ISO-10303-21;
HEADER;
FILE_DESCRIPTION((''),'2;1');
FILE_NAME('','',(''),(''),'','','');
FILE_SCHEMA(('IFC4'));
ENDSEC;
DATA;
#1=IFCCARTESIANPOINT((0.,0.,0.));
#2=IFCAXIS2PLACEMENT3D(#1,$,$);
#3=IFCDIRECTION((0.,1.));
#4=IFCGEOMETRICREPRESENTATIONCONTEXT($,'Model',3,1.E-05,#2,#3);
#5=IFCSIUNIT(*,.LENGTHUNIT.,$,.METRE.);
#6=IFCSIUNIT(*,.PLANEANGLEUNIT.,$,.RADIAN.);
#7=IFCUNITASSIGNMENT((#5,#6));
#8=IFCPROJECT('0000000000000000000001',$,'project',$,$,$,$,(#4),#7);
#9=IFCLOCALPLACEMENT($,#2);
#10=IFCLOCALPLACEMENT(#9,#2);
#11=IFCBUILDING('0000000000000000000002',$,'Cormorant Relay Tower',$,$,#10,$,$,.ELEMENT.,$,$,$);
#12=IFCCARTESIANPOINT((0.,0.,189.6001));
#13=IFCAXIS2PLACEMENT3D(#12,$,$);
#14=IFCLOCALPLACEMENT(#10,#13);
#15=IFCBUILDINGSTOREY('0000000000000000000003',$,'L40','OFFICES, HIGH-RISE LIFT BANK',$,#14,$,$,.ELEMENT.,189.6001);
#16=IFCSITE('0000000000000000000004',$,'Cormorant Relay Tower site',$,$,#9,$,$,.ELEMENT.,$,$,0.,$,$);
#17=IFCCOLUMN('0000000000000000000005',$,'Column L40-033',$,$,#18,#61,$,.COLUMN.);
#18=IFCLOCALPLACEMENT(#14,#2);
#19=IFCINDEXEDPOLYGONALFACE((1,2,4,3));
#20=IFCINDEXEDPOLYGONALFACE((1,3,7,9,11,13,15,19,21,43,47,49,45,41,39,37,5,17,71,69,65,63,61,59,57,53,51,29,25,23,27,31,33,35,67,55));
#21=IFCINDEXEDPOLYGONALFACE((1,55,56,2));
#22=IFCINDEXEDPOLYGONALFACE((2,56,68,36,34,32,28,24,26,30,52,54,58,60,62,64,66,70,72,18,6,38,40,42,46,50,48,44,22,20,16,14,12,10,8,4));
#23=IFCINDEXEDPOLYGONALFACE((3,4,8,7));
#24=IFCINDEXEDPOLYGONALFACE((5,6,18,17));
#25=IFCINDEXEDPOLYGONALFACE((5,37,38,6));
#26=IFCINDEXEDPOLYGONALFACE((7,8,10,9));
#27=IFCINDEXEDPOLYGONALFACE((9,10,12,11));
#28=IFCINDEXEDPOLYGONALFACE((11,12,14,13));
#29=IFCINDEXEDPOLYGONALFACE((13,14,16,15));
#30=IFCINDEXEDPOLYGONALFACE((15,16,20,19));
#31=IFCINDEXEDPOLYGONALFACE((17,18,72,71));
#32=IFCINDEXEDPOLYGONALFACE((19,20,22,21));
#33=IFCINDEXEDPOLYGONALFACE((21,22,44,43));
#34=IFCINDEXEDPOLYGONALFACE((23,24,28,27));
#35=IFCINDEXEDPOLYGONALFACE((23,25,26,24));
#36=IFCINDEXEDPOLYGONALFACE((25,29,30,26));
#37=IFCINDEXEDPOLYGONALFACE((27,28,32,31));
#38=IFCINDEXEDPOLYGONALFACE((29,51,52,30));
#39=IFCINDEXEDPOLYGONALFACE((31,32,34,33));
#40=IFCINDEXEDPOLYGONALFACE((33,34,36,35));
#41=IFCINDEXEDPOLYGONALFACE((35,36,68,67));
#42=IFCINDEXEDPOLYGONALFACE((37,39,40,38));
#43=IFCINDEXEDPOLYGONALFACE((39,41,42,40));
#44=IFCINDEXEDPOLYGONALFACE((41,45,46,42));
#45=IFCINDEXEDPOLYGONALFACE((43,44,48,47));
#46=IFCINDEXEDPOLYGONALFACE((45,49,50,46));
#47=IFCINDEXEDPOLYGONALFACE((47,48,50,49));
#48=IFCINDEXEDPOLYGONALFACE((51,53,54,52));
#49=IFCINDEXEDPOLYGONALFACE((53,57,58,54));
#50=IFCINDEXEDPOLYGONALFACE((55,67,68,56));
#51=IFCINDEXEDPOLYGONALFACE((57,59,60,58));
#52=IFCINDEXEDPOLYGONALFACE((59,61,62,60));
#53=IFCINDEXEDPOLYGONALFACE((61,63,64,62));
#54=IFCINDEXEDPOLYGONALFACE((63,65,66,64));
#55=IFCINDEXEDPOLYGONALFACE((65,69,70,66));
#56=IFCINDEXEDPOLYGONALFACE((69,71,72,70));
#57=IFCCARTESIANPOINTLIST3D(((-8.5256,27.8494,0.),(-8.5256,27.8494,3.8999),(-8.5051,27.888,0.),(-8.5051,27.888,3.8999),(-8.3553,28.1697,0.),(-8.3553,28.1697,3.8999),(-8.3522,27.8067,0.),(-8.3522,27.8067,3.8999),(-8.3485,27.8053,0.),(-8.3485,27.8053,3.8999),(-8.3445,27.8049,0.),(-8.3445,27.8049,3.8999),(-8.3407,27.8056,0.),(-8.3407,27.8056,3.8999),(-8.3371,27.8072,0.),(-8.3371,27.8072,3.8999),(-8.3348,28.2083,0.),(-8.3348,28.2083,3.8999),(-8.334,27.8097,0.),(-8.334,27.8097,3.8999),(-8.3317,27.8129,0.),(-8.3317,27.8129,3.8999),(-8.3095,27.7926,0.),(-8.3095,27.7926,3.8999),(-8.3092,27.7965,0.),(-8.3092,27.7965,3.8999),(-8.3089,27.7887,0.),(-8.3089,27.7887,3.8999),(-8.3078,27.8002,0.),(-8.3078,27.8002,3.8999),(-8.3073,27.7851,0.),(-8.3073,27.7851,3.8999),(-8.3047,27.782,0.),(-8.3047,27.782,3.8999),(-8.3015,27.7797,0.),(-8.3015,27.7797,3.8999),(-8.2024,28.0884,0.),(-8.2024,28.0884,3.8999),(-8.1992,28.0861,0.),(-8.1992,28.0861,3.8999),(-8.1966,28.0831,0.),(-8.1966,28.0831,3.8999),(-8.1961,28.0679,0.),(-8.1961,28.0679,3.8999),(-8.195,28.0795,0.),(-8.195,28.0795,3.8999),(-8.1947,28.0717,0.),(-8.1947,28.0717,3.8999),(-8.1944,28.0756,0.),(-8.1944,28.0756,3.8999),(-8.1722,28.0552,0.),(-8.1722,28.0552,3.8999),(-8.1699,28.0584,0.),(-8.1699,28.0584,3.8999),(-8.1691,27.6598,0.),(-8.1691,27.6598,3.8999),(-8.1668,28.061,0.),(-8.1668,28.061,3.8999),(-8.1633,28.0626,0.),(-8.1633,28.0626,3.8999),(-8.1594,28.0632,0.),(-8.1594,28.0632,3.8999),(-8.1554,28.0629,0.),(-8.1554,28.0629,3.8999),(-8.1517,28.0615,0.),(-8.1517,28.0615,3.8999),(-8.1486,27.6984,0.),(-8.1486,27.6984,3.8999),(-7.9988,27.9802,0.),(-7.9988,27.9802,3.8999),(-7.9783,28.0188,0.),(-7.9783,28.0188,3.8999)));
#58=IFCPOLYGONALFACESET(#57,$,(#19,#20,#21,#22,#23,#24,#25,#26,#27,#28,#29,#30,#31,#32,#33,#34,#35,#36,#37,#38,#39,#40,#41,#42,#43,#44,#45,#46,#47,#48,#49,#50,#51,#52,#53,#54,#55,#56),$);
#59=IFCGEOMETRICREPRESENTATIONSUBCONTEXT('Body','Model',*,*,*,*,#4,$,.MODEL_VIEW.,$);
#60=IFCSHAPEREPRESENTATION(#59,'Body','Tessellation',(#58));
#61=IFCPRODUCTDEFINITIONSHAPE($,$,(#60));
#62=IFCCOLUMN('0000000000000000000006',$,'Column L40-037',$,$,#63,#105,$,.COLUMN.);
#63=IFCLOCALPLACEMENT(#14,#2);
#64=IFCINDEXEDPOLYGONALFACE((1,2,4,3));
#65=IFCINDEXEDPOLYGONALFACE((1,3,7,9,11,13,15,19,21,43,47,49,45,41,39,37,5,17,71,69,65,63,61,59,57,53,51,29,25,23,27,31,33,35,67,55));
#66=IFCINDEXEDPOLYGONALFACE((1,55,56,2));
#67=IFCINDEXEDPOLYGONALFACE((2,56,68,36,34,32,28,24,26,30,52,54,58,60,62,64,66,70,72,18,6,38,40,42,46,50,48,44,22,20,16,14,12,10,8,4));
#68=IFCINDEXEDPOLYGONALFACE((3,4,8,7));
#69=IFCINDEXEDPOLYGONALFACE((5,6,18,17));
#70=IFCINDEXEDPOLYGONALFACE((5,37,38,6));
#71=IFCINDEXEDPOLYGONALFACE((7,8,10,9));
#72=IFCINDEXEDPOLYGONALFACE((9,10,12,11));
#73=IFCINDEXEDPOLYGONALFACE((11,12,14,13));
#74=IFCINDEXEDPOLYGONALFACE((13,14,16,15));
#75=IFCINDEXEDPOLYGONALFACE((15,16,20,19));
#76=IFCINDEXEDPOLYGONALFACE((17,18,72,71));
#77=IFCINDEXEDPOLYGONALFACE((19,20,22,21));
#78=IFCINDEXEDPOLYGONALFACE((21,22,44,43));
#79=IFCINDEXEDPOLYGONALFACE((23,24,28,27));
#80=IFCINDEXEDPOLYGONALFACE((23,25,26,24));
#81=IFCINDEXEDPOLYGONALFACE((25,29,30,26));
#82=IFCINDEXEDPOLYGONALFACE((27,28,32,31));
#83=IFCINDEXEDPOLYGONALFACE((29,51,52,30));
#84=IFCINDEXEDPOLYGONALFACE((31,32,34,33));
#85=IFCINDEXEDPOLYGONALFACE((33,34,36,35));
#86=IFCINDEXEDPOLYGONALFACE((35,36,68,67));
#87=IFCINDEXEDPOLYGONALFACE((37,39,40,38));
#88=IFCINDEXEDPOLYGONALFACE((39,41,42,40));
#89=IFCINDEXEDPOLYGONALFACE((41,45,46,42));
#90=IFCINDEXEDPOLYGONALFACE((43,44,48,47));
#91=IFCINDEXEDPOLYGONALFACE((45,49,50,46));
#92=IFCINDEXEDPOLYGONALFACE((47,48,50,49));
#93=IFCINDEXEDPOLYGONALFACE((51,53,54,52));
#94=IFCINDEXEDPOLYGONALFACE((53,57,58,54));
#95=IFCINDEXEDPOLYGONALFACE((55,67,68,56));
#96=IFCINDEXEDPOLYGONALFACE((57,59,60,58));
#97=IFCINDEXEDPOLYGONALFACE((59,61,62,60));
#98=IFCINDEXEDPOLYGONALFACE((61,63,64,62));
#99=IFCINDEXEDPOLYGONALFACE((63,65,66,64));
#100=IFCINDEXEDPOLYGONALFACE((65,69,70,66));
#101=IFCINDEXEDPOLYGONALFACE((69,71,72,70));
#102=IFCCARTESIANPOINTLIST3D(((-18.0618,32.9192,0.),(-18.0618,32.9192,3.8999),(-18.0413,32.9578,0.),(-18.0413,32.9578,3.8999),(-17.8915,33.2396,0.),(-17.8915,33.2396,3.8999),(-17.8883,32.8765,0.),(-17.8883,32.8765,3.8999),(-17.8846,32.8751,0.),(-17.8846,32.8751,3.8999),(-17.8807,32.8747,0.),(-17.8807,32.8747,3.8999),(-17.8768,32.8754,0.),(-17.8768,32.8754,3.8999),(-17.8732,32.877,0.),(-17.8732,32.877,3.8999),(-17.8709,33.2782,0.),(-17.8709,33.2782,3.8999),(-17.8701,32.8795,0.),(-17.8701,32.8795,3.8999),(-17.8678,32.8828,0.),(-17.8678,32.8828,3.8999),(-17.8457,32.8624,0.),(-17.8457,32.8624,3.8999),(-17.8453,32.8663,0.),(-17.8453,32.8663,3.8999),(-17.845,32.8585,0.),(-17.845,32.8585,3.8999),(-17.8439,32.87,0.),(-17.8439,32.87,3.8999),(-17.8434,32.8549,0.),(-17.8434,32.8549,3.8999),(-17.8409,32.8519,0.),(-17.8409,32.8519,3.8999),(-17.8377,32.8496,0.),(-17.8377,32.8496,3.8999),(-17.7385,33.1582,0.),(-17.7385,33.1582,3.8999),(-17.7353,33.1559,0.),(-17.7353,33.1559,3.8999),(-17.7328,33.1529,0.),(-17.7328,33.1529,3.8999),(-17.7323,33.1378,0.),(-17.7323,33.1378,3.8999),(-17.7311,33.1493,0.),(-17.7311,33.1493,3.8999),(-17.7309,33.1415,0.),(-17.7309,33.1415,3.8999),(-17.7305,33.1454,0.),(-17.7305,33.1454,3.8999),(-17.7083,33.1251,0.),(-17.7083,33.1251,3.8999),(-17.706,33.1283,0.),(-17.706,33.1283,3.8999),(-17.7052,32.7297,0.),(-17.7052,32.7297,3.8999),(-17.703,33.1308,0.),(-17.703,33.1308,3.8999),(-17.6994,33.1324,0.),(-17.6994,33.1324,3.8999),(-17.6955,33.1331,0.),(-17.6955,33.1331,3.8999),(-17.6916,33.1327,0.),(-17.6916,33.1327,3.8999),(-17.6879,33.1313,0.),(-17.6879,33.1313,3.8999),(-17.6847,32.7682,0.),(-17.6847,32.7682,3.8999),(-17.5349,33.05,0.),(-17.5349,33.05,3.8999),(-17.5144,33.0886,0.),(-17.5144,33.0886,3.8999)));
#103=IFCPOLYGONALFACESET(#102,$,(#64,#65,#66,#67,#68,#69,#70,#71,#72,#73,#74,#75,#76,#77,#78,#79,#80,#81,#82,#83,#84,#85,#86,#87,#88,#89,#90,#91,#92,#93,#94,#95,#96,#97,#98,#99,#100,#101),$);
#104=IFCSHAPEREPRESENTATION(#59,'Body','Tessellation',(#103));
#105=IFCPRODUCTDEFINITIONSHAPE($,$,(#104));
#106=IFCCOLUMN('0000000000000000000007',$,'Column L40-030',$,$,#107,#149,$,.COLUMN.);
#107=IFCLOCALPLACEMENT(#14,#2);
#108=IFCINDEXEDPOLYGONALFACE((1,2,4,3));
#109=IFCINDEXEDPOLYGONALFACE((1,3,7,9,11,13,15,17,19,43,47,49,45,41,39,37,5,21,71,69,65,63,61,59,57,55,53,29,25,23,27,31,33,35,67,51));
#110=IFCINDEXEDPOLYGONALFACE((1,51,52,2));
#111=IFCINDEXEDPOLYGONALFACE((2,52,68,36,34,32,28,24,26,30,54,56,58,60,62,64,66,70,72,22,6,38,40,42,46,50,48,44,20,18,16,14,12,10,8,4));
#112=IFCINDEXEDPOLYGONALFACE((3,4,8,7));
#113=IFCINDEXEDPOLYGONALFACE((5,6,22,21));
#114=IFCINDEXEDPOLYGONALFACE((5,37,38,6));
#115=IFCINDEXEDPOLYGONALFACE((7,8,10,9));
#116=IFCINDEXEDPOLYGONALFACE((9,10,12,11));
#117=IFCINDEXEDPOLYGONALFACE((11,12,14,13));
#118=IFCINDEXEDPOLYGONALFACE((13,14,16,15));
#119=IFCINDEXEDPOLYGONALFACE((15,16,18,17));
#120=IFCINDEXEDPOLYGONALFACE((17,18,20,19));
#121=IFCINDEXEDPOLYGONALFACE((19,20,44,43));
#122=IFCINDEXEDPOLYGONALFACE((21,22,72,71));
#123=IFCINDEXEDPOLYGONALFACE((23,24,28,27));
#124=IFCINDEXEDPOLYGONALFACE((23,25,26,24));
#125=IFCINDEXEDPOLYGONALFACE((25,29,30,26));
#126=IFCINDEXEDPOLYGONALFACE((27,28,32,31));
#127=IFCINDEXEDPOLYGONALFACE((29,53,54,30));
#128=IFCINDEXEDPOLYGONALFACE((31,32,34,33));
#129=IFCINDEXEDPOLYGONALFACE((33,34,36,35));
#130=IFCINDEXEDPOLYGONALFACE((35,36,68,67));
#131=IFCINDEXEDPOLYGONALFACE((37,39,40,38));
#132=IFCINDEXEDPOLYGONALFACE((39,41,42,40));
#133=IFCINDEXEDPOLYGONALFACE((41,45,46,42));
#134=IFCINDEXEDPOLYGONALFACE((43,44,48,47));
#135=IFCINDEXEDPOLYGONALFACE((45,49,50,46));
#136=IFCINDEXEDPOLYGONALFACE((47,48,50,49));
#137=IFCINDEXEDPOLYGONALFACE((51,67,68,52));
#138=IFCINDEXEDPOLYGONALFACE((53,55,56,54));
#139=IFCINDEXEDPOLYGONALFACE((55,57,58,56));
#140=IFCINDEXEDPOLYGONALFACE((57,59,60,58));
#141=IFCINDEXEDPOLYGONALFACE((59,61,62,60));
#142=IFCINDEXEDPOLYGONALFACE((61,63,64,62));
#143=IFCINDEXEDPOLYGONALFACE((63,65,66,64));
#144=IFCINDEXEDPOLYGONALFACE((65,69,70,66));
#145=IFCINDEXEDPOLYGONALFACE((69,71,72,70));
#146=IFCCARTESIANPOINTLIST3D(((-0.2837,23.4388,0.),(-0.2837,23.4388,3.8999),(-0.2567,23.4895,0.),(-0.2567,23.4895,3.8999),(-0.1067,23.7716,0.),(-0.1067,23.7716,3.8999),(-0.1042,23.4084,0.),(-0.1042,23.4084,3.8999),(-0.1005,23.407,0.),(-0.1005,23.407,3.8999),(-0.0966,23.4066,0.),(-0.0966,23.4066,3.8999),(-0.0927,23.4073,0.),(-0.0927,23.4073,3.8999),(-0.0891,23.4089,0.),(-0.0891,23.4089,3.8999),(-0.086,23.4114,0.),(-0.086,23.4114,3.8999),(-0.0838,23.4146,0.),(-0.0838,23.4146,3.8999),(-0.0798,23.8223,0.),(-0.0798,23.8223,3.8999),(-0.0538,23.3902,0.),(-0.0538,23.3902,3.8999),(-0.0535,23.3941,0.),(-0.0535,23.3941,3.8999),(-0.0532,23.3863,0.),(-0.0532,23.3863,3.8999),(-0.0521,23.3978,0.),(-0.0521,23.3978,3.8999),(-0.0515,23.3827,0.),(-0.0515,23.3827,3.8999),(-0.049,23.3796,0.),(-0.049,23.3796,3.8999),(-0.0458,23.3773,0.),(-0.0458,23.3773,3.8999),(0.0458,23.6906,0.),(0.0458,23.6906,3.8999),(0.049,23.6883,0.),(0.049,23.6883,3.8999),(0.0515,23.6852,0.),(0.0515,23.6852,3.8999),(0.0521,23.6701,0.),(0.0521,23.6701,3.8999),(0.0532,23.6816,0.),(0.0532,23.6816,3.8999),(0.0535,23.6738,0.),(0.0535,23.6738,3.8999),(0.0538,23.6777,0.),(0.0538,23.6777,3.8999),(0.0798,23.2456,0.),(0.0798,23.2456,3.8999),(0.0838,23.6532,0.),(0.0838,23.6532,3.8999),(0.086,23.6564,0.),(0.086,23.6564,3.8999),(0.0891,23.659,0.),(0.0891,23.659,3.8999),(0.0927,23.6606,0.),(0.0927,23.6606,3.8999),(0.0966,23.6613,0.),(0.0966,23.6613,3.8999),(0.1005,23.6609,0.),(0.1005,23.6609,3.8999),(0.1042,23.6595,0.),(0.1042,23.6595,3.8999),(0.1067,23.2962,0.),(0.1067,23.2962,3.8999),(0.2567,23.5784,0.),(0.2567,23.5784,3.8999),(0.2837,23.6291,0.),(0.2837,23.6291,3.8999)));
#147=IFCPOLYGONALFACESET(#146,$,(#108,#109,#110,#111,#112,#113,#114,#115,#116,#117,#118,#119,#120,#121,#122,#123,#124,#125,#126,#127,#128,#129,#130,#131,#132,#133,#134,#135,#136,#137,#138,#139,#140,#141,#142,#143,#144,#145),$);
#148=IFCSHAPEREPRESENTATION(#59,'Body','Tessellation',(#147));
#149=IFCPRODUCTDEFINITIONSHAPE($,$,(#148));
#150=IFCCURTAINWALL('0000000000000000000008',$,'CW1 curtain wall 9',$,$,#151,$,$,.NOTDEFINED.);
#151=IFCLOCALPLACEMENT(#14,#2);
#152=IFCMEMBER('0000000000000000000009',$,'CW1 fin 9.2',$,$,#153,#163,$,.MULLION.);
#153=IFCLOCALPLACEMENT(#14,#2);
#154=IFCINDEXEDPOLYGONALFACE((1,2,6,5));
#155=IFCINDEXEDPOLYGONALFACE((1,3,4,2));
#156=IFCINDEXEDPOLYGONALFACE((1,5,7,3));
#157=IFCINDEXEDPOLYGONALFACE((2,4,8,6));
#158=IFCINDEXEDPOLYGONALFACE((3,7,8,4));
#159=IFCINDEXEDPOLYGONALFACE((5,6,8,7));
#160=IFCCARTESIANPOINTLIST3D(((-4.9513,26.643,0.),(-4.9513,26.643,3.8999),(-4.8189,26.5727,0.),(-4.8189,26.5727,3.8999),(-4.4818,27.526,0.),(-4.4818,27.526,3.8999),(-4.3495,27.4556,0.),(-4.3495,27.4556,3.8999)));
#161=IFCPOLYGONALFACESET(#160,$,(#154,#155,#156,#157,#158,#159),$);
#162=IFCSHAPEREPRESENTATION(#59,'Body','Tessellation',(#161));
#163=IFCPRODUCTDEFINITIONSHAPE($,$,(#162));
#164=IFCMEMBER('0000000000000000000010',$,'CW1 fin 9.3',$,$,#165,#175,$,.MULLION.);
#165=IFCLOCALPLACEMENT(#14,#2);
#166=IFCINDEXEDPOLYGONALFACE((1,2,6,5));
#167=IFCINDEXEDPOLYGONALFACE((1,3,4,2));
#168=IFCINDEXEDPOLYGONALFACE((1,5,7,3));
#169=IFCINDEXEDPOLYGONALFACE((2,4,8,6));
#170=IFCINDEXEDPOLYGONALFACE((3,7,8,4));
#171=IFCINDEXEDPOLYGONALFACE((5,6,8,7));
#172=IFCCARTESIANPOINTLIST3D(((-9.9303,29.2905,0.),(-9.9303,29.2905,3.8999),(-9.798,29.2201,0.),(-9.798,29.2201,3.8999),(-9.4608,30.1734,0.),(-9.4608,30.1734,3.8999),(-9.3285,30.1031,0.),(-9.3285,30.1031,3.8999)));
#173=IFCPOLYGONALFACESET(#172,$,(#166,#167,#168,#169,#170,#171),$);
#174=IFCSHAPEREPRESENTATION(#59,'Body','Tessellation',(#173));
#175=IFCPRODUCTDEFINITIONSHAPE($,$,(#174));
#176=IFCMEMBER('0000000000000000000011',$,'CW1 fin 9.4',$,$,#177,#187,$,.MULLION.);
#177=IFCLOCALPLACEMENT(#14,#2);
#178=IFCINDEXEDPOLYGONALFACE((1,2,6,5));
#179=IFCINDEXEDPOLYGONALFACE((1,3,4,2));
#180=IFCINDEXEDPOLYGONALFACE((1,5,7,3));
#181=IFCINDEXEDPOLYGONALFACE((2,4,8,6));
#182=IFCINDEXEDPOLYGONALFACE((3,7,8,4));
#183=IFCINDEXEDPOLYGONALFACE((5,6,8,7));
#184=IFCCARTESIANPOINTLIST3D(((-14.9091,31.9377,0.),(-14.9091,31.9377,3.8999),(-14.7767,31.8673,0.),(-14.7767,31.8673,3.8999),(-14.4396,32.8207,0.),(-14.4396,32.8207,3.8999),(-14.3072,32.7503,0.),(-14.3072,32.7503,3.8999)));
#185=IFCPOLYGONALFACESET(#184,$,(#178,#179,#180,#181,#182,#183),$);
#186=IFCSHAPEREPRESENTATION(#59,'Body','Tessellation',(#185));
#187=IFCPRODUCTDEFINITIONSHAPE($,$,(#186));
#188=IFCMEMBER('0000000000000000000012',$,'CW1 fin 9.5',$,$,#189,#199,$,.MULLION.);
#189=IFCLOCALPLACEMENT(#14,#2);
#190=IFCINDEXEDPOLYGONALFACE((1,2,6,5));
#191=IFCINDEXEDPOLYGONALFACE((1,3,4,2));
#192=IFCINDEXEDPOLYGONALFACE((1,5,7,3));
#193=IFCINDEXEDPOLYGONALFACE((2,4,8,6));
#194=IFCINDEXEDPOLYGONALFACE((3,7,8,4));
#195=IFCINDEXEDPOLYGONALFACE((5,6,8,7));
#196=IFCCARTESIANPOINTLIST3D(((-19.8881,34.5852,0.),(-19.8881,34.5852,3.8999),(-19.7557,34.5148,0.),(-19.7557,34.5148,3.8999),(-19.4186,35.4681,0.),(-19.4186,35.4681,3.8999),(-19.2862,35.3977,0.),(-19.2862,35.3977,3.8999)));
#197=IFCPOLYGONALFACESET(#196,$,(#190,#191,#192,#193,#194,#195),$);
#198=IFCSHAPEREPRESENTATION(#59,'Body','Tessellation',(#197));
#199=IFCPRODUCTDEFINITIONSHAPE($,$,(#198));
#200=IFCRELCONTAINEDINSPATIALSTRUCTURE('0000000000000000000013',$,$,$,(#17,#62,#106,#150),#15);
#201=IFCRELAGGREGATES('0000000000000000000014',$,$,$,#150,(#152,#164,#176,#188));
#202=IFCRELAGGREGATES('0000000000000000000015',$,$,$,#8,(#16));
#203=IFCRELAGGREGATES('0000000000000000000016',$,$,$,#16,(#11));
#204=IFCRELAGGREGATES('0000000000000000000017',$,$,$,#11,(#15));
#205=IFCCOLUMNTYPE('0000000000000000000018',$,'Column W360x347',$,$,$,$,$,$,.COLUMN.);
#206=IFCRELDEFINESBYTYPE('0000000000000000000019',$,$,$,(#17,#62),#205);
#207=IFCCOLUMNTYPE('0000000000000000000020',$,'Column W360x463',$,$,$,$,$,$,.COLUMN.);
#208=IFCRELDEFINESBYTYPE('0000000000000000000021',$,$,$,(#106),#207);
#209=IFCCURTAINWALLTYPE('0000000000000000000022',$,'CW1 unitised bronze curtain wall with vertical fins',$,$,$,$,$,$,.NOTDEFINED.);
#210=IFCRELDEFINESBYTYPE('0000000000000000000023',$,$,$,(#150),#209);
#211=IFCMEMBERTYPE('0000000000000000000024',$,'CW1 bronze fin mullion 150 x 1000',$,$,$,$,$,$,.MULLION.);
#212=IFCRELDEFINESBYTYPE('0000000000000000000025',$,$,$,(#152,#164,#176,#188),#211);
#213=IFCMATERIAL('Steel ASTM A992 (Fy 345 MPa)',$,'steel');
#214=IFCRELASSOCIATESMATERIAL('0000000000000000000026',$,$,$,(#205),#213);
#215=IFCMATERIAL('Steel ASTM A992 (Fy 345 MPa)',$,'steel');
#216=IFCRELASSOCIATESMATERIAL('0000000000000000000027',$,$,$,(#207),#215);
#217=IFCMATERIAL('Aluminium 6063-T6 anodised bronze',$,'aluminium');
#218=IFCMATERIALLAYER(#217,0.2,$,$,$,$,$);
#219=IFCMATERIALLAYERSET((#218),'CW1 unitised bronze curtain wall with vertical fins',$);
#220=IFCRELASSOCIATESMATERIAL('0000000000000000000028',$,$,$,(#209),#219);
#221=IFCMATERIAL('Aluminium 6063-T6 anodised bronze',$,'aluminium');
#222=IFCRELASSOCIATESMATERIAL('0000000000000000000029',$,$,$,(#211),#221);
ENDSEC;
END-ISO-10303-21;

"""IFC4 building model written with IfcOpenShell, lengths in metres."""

from ifc_helpers import new_model, si_unit, direction, frame, origin, origin_2d, place, context, subcontext, project, spatial, rectangle, i_section, extrude, material, layer, layer_set, material_profile, profile_set, type_object, element, aggregate, save


model = new_model("IFC4")

# Units and contexts
model_context = context("Model", 3, precision=1e-05, world=origin(), true_north=direction((0.0, 1.0)))
body_context = subcontext(model_context, "Body", "Model", "MODEL_VIEW")
ifc_project = project(units=[si_unit("LENGTHUNIT", "METRE"), si_unit("PLANEANGLEUNIT", "RADIAN")], contexts=[model_context])

# Site, building, storey
site_placement = place(None, origin())
site = spatial("IfcSite", under=ifc_project, at=site_placement, Name="Cormorant Relay Tower site", CompositionType="ELEMENT", RefElevation=0.0)
building_placement = place(site_placement, origin())
building = spatial("IfcBuilding", under=site, at=building_placement, Name="Cormorant Relay Tower", CompositionType="ELEMENT")
storey_placement = place(building_placement, frame((0.0, 0.0, 189.6001)))
storey = spatial("IfcBuildingStorey", under=building, at=storey_placement, Name="L40", Description="OFFICES, HIGH-RISE LIFT BANK", CompositionType="ELEMENT", Elevation=189.6001)

# Columns
ifc_material_1 = material(Name="Steel ASTM A992 (Fy 345 MPa)", Category="steel")
ifc_material_profile_1 = material_profile(ifc_material_1, i_section(OverallWidth=0.4038, OverallDepth=0.4065, WebThickness=0.0271, FlangeThickness=0.0437, FilletRadius=0.0151, at=origin_2d()), Name="W360x347")
ifc_profile_set_1 = profile_set([ifc_material_profile_1], Name="Steel ASTM A992 (Fy 345 MPa)")
column_type_1 = type_object("IfcColumnType", Name="Column W360x347", PredefinedType="COLUMN", material=ifc_profile_set_1)
for number, where, z_axis, x_axis, name in (
    (1, (-8.252, 27.9341, 0.0), (0.0, 0.0, 1.0), (-0.882948, 0.469472, 0.0), "Column L40-033"),
    (2, (-17.7881, 33.0039, 0.0), (0.0, 0.0, 1.0), (-0.882948, 0.469472, 0.0), "Column L40-037"),
):
    element("IfcColumn", number, at=place(storey_placement, frame(where, z_axis=z_axis, x_axis=x_axis)), inside=storey, type_object=column_type_1, Name=name, PredefinedType="COLUMN", context=body_context, shape_type="SweptSolid", body=[
        extrude(i_section(OverallWidth=0.4038, OverallDepth=0.4065, WebThickness=0.0271, FlangeThickness=0.0437, FilletRadius=0.0151, at=origin_2d()), origin(), (0.0, 0.0, 1.0), 3.8999),
    ])
ifc_material_2 = material(Name="Steel ASTM A992 (Fy 345 MPa)", Category="steel")
ifc_material_profile_2 = material_profile(ifc_material_2, i_section(OverallWidth=0.4116, OverallDepth=0.4343, WebThickness=0.0359, FlangeThickness=0.0574, FilletRadius=0.0151, at=origin_2d()), Name="W360x463")
ifc_profile_set_2 = profile_set([ifc_material_profile_2], Name="Steel ASTM A992 (Fy 345 MPa)")
column_type_2 = type_object("IfcColumnType", Name="Column W360x463", PredefinedType="COLUMN", material=ifc_profile_set_2)
column_placement = place(storey_placement, frame((0.0, 23.5339, 0.0), z_axis=(0.0, 0.0, 1.0), x_axis=(-0.882948, 0.469472, 0.0)))
element("IfcColumn", 3, at=column_placement, inside=storey, type_object=column_type_2, Name="Column L40-030", PredefinedType="COLUMN", context=body_context, shape_type="SweptSolid", body=[
    extrude(i_section(OverallWidth=0.4116, OverallDepth=0.4343, WebThickness=0.0359, FlangeThickness=0.0574, FilletRadius=0.0151, at=origin_2d()), origin(), (0.0, 0.0, 1.0), 3.8999),
])

# Curtain wall, members
ifc_material_3 = material(Name="Aluminium 6063-T6 anodised bronze", Category="aluminium")
ifc_layer_1 = layer(ifc_material_3, 0.2)
ifc_layer_set_1 = layer_set([ifc_layer_1], Name="CW1 unitised bronze curtain wall with vertical fins")
curtain_wall_type = type_object("IfcCurtainWallType", Name="CW1 unitised bronze curtain wall with vertical fins", PredefinedType="NOTDEFINED", material=ifc_layer_set_1)
curtain_wall_placement = place(storey_placement, origin())
curtain_wall = element("IfcCurtainWall", 4, at=curtain_wall_placement, inside=storey, type_object=curtain_wall_type, Name="CW1 curtain wall 9", PredefinedType="NOTDEFINED")
ifc_material_4 = material(Name="Aluminium 6063-T6 anodised bronze", Category="aluminium")
ifc_material_profile_3 = material_profile(ifc_material_4, rectangle(XDim=0.1499, YDim=1.0, at=origin_2d()), Name="AL 150x1000")
ifc_profile_set_3 = profile_set([ifc_material_profile_3], Name="Aluminium 6063-T6 anodised bronze")
member_type = type_object("IfcMemberType", Name="CW1 bronze fin mullion 150 x 1000", PredefinedType="MULLION", material=ifc_profile_set_3)
member_1_placement = place(storey_placement, frame((-4.6504, 27.0493, 0.0), z_axis=(0.0, 0.0, 1.0), x_axis=(-0.882948, 0.469472, 0.0)))
member_1 = element("IfcMember", 5, at=member_1_placement, type_object=member_type, Name="CW1 fin 9.2", PredefinedType="MULLION", context=body_context, shape_type="SweptSolid", body=[
    extrude(rectangle(XDim=0.1499, YDim=1.0, at=origin_2d()), origin(), (0.0, 0.0, 1.0), 3.8999),
])
member_2_placement = place(storey_placement, frame((-9.6294, 29.6968, 0.0), z_axis=(0.0, 0.0, 1.0), x_axis=(-0.882948, 0.469472, 0.0)))
member_2 = element("IfcMember", 6, at=member_2_placement, type_object=member_type, Name="CW1 fin 9.3", PredefinedType="MULLION", context=body_context, shape_type="SweptSolid", body=[
    extrude(rectangle(XDim=0.1499, YDim=1.0, at=origin_2d()), origin(), (0.0, 0.0, 1.0), 3.8999),
])
member_3_placement = place(storey_placement, frame((-14.6082, 32.344, 0.0), z_axis=(0.0, 0.0, 1.0), x_axis=(-0.882948, 0.469472, 0.0)))
member_3 = element("IfcMember", 7, at=member_3_placement, type_object=member_type, Name="CW1 fin 9.4", PredefinedType="MULLION", context=body_context, shape_type="SweptSolid", body=[
    extrude(rectangle(XDim=0.1499, YDim=1.0, at=origin_2d()), origin(), (0.0, 0.0, 1.0), 3.8999),
])
member_4_placement = place(storey_placement, frame((-19.5872, 34.9915, 0.0), z_axis=(0.0, 0.0, 1.0), x_axis=(-0.882948, 0.469472, 0.0)))
member_4 = element("IfcMember", 8, at=member_4_placement, type_object=member_type, Name="CW1 fin 9.5", PredefinedType="MULLION", context=body_context, shape_type="SweptSolid", body=[
    extrude(rectangle(XDim=0.1499, YDim=1.0, at=origin_2d()), origin(), (0.0, 0.0, 1.0), 3.8999),
])

aggregate(curtain_wall, [member_1, member_2, member_3, member_4])

save(model, "model.ifc")
